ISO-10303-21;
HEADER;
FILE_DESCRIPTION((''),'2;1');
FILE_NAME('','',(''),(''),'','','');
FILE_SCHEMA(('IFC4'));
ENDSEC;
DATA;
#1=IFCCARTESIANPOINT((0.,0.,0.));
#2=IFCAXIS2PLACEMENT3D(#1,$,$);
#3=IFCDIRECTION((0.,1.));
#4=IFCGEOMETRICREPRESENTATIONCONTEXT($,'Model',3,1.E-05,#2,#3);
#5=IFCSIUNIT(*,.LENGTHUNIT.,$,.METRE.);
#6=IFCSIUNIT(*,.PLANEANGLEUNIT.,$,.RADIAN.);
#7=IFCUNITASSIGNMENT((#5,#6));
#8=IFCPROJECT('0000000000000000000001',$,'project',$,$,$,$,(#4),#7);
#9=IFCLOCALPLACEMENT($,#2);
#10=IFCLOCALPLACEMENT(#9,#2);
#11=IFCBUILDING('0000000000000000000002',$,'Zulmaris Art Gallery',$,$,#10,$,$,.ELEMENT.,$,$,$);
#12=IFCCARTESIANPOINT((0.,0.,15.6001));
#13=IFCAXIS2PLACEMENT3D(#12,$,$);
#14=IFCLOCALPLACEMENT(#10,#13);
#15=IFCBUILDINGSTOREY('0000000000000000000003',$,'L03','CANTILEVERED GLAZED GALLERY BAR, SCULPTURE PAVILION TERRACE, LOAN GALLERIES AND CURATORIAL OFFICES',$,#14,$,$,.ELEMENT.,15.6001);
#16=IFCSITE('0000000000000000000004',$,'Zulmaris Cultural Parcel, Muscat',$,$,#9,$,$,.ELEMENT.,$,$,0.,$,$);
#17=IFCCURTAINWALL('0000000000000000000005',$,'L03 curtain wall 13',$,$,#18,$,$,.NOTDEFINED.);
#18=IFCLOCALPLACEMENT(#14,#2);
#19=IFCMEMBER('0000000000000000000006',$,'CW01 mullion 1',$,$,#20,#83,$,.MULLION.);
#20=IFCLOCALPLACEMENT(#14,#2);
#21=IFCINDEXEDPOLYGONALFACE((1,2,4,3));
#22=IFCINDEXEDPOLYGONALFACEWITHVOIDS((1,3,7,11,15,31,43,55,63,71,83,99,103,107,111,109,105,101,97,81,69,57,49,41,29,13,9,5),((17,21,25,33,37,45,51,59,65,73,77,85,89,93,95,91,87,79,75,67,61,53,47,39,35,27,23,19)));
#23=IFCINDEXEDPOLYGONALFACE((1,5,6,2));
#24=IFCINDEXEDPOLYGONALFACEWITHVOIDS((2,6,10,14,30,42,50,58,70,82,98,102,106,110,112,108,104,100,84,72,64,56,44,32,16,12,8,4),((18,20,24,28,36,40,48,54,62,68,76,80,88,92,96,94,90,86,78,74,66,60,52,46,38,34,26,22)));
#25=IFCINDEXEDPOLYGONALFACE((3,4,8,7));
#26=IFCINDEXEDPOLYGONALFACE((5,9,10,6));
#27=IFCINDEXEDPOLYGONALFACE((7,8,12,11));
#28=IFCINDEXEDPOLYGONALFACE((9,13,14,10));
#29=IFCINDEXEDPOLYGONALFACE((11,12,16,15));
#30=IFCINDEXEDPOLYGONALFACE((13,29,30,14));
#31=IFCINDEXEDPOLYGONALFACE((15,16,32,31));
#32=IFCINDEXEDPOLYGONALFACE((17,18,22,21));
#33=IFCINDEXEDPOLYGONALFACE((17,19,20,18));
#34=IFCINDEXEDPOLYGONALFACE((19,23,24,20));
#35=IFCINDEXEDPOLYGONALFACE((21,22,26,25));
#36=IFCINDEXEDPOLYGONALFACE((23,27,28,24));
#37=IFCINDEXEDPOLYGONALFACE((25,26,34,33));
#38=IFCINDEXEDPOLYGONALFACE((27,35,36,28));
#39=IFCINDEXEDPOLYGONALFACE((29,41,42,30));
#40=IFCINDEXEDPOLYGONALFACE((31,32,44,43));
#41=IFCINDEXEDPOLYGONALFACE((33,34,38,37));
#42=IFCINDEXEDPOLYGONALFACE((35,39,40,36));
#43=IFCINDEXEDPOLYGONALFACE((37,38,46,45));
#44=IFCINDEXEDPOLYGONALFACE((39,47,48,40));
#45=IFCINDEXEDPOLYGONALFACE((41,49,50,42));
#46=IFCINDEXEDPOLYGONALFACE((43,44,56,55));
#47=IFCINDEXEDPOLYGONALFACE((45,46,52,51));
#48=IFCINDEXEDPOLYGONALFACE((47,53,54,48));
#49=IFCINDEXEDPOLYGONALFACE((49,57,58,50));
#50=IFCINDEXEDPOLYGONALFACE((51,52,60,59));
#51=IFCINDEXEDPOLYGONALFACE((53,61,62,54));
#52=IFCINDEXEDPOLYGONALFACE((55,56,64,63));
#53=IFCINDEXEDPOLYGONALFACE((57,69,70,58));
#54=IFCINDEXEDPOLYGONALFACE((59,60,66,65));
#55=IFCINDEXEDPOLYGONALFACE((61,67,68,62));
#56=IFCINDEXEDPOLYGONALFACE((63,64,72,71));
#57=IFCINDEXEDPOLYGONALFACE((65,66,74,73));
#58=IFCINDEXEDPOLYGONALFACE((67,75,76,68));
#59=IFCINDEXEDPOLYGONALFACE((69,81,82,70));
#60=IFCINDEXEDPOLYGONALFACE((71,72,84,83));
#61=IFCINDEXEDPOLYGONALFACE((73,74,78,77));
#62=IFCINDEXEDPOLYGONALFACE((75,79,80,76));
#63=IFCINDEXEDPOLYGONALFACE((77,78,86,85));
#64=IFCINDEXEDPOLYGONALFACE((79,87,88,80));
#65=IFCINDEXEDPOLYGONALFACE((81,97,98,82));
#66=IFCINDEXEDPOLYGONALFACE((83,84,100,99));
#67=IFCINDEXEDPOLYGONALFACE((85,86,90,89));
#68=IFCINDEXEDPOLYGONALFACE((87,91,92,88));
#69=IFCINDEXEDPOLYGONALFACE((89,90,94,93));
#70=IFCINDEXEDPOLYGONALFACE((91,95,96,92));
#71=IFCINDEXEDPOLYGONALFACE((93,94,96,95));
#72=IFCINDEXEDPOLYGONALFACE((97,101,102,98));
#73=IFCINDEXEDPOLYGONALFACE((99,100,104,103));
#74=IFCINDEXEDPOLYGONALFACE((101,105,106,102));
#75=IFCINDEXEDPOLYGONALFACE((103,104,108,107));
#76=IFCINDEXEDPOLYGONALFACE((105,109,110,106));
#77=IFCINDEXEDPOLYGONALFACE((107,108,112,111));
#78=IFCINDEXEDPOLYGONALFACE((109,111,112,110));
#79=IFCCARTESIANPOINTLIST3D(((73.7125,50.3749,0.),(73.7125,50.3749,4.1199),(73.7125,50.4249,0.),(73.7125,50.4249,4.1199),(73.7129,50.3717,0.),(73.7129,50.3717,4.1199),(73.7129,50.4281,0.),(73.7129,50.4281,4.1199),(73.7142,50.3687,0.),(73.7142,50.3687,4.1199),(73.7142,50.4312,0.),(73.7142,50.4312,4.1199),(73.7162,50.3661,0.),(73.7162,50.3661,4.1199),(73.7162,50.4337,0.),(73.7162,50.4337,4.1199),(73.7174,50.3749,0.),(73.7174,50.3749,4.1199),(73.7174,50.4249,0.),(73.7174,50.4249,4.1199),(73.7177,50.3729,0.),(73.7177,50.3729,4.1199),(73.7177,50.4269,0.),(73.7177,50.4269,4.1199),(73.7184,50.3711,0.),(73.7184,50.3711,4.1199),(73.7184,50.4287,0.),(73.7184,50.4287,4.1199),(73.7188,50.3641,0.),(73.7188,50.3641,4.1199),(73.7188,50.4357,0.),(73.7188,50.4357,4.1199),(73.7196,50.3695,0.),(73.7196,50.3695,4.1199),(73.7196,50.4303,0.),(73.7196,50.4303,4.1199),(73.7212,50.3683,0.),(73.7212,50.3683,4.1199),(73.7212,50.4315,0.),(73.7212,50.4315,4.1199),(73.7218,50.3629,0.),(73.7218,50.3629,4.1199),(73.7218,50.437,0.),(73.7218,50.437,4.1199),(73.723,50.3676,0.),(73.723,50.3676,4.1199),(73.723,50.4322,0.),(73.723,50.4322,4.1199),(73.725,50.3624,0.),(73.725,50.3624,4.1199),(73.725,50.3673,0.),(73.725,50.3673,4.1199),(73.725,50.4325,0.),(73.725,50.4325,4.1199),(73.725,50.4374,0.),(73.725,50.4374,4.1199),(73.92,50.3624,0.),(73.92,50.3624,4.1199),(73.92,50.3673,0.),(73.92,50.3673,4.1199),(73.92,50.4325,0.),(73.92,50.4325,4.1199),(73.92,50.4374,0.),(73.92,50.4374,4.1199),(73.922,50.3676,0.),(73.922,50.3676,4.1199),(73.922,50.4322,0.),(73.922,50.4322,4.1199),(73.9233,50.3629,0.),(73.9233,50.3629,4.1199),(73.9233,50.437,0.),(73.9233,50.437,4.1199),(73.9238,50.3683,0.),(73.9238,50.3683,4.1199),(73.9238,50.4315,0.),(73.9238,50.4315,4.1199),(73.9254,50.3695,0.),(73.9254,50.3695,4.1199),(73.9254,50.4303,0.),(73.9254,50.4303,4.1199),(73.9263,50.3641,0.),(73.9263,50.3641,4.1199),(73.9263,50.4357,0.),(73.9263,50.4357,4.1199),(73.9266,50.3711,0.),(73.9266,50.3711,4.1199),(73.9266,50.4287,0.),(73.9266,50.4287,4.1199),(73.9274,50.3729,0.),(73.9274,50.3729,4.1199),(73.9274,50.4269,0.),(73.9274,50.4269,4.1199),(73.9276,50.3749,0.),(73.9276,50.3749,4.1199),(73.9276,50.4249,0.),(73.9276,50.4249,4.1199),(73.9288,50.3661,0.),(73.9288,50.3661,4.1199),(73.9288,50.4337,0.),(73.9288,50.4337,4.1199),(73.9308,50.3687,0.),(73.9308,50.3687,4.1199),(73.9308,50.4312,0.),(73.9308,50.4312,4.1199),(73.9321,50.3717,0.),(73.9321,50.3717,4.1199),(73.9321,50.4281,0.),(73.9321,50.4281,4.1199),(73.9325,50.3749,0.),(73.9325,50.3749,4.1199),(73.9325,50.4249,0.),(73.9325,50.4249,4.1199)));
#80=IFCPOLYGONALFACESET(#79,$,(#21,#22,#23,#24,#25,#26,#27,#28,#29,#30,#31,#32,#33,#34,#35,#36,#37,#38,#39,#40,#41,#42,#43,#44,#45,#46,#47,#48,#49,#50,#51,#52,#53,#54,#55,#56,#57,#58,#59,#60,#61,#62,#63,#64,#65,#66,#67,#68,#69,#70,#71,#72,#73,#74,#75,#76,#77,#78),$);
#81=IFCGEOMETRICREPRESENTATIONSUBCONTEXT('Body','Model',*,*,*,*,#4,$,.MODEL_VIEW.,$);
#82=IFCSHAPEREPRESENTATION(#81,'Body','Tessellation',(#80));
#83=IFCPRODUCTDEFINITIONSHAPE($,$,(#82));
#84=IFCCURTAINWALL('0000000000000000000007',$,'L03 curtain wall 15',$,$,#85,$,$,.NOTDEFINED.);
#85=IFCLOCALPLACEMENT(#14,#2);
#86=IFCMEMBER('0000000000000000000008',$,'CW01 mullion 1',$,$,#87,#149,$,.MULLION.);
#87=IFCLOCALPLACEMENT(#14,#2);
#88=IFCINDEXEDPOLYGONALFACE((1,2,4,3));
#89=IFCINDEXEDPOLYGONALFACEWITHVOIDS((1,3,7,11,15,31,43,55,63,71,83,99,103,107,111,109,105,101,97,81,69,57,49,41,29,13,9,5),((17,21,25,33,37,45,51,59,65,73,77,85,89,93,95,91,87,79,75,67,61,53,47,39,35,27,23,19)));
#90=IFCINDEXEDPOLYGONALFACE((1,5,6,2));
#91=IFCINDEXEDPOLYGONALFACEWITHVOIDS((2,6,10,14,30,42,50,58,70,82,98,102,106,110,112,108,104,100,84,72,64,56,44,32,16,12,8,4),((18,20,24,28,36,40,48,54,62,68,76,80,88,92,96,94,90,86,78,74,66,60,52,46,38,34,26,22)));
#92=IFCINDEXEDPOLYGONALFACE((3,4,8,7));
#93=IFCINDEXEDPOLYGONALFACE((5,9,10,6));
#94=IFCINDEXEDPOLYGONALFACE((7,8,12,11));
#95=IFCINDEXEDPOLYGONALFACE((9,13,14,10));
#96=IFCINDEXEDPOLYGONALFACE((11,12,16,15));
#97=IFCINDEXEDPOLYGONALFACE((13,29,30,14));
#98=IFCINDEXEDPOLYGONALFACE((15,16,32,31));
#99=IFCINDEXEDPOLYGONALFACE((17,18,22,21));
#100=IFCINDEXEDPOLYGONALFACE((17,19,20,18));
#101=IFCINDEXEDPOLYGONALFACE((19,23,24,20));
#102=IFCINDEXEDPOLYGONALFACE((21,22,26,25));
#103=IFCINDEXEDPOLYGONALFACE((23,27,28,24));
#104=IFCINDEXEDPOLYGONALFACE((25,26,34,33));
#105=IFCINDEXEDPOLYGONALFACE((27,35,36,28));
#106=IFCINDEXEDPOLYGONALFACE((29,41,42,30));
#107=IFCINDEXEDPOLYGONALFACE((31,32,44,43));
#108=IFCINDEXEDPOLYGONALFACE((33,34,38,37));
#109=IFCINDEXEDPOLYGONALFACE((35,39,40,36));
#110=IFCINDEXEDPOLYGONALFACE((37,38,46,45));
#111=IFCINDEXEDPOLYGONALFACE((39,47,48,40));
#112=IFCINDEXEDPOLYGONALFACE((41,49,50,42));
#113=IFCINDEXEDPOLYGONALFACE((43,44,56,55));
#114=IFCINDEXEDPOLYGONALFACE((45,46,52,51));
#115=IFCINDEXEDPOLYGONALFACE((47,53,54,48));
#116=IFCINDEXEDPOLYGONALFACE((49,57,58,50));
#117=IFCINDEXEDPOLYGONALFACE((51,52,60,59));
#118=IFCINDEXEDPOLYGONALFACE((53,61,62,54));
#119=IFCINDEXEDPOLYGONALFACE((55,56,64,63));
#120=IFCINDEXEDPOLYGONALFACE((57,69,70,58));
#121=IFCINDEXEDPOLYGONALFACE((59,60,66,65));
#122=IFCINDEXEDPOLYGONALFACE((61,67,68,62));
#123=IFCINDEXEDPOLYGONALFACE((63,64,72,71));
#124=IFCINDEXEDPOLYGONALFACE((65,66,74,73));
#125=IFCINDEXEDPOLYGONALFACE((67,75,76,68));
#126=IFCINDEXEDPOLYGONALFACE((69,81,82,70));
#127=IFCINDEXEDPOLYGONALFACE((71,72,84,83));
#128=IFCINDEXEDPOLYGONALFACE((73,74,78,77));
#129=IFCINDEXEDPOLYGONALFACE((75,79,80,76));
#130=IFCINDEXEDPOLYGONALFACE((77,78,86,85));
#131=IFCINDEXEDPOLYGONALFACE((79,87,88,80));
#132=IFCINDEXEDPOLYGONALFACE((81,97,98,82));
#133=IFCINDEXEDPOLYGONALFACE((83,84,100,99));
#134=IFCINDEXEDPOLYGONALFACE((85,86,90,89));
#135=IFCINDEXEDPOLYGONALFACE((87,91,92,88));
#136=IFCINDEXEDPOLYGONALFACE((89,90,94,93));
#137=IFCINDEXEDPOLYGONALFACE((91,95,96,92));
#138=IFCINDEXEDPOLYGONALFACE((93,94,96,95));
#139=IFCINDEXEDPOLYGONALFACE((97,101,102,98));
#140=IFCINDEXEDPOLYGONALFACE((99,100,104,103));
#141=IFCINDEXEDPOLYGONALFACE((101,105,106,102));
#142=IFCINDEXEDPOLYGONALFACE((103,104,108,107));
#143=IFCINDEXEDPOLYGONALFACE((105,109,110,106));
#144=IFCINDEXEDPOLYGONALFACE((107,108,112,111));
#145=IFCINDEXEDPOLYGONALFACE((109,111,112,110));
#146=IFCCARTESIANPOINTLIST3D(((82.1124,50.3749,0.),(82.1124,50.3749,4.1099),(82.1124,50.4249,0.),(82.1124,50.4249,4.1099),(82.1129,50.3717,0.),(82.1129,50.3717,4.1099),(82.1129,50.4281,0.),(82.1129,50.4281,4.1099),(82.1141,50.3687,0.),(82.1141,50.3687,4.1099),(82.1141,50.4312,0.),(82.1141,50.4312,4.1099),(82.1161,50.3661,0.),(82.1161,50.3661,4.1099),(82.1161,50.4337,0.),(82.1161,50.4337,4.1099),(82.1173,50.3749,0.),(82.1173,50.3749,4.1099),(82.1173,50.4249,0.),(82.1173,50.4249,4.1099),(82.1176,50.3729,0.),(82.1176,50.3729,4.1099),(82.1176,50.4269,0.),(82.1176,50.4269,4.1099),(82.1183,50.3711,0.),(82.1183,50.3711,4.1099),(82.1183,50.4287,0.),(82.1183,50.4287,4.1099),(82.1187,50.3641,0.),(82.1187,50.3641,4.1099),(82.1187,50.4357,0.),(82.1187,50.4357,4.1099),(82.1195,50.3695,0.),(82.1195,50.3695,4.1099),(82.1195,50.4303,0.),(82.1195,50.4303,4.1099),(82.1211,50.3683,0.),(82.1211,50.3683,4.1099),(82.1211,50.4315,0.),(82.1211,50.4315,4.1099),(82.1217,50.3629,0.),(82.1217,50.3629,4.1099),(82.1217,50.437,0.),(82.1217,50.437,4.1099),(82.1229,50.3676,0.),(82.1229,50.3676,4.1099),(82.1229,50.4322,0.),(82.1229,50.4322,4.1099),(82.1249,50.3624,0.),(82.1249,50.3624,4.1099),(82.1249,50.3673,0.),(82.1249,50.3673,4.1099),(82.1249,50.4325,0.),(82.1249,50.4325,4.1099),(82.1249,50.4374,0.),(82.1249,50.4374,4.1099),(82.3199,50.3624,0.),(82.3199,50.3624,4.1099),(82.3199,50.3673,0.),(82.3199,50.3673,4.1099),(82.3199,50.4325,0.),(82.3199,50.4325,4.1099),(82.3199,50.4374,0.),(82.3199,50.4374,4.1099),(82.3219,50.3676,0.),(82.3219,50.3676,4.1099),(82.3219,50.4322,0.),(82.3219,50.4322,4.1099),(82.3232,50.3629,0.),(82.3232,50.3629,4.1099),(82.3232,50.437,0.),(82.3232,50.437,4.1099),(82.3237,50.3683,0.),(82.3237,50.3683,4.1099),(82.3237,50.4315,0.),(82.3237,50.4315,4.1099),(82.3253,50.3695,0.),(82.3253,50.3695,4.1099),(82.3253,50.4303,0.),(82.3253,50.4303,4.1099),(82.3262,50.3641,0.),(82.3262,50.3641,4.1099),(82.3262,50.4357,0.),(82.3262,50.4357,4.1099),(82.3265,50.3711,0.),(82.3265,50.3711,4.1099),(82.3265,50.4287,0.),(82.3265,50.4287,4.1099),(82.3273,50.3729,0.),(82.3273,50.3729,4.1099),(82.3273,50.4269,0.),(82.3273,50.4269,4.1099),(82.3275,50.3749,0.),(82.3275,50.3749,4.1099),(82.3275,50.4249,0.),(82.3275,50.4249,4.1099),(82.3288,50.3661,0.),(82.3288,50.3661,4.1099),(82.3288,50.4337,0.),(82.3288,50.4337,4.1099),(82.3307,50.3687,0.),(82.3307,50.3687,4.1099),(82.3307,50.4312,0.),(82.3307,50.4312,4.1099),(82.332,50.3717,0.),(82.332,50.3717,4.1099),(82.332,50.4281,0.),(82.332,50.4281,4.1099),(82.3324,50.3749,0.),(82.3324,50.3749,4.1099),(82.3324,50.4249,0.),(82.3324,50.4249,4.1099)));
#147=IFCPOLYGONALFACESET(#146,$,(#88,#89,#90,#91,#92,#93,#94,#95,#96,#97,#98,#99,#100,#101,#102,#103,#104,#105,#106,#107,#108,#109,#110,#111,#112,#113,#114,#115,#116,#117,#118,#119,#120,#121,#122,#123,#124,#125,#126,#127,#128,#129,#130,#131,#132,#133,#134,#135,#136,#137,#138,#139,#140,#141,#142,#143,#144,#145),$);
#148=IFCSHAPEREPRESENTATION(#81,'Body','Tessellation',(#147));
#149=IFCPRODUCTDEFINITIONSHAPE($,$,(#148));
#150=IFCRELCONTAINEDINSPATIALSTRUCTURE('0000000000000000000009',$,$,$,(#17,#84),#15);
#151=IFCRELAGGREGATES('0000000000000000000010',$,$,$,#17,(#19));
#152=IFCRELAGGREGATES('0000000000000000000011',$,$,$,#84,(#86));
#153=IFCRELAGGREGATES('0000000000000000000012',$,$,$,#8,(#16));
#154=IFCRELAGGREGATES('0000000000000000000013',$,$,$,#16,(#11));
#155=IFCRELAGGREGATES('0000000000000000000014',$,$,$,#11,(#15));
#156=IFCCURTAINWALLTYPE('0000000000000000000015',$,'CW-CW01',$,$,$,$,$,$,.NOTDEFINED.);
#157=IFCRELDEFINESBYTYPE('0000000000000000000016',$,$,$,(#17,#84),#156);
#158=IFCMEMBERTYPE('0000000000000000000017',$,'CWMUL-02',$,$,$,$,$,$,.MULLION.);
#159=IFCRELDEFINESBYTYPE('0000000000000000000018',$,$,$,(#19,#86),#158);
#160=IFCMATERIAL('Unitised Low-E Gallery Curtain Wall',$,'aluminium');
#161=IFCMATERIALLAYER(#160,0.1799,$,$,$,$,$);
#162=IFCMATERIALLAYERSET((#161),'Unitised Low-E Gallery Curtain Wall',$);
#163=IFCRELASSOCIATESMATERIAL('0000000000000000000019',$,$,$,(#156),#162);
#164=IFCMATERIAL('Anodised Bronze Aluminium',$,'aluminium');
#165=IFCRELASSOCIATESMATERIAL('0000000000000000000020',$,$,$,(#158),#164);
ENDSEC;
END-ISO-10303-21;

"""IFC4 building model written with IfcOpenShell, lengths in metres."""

from ifc_helpers import new_model, si_unit, direction, frame, origin, origin_2d, place, context, subcontext, project, spatial, hollow_rectangle, extrude, material, layer, layer_set, material_profile, profile_set, type_object, element, aggregate, save


model = new_model("IFC4")

# Units and contexts
model_context = context("Model", 3, precision=1e-05, world=origin(), true_north=direction((0.0, 1.0)))
body_context = subcontext(model_context, "Body", "Model", "MODEL_VIEW")
ifc_project = project(units=[si_unit("LENGTHUNIT", "METRE"), si_unit("PLANEANGLEUNIT", "RADIAN")], contexts=[model_context])

# Site, building, storey
site_placement = place(None, origin())
site = spatial("IfcSite", under=ifc_project, at=site_placement, Name="Zulmaris Cultural Parcel, Muscat", CompositionType="ELEMENT", RefElevation=0.0)
building_placement = place(site_placement, origin())
building = spatial("IfcBuilding", under=site, at=building_placement, Name="Zulmaris Art Gallery", CompositionType="ELEMENT")
storey_placement = place(building_placement, frame((0.0, 0.0, 15.6001)))
storey = spatial("IfcBuildingStorey", under=building, at=storey_placement, Name="L03", Description="CANTILEVERED GLAZED GALLERY BAR, SCULPTURE PAVILION TERRACE, LOAN GALLERIES AND CURATORIAL OFFICES", CompositionType="ELEMENT", Elevation=15.6001)

# Curtain wall, member
ifc_material_1 = material(Name="Unitised Low-E Gallery Curtain Wall", Category="aluminium")
ifc_layer_1 = layer(ifc_material_1, 0.1799)
ifc_layer_set_1 = layer_set([ifc_layer_1], Name="Unitised Low-E Gallery Curtain Wall")
curtain_wall_type = type_object("IfcCurtainWallType", Name="CW-CW01", PredefinedType="NOTDEFINED", material=ifc_layer_set_1)
curtain_wall_1_placement = place(storey_placement, origin())
curtain_wall_1 = element("IfcCurtainWall", 1, at=curtain_wall_1_placement, inside=storey, type_object=curtain_wall_type, Name="L03 curtain wall 13", PredefinedType="NOTDEFINED")
ifc_material_2 = material(Name="Anodised Bronze Aluminium", Category="aluminium")
ifc_material_profile_1 = material_profile(ifc_material_2, hollow_rectangle(XDim=0.075, YDim=0.22, WallThickness=0.0049, InnerFilletRadius=0.0076, OuterFilletRadius=0.0125, at=origin_2d()), Name="ALU 75x220x5")
ifc_profile_set_1 = profile_set([ifc_material_profile_1], Name="Anodised Bronze Aluminium")
member_type_1 = type_object("IfcMemberType", Name="CWMUL-02", PredefinedType="MULLION", material=ifc_profile_set_1)
member_1_placement = place(storey_placement, frame((73.8225, 50.3999, 0.0), z_axis=(0.0, 0.0, 1.0), x_axis=(0.0, -1.0, 0.0)))
member_1 = element("IfcMember", 2, at=member_1_placement, type_object=member_type_1, Name="CW01 mullion 1", PredefinedType="MULLION", context=body_context, shape_type="SweptSolid", body=[
    extrude(hollow_rectangle(XDim=0.075, YDim=0.22, WallThickness=0.0049, InnerFilletRadius=0.0076, OuterFilletRadius=0.0125, at=origin_2d()), origin(), (0.0, 0.0, 1.0), 4.1199),
])

# Curtain wall, member
curtain_wall_2_placement = place(storey_placement, origin())
curtain_wall_2 = element("IfcCurtainWall", 3, at=curtain_wall_2_placement, inside=storey, type_object=curtain_wall_type, Name="L03 curtain wall 15", PredefinedType="NOTDEFINED")
member_2_placement = place(storey_placement, frame((82.2224, 50.3999, 0.0), z_axis=(0.0, 0.0, 1.0), x_axis=(0.0, -1.0, 0.0)))
member_2 = element("IfcMember", 4, at=member_2_placement, type_object=member_type_1, Name="CW01 mullion 1", PredefinedType="MULLION", context=body_context, shape_type="SweptSolid", body=[
    extrude(hollow_rectangle(XDim=0.075, YDim=0.22, WallThickness=0.0049, InnerFilletRadius=0.0076, OuterFilletRadius=0.0125, at=origin_2d()), origin(), (0.0, 0.0, 1.0), 4.1099),
])

aggregate(curtain_wall_1, [member_1])

aggregate(curtain_wall_2, [member_2])

save(model, "model.ifc")
